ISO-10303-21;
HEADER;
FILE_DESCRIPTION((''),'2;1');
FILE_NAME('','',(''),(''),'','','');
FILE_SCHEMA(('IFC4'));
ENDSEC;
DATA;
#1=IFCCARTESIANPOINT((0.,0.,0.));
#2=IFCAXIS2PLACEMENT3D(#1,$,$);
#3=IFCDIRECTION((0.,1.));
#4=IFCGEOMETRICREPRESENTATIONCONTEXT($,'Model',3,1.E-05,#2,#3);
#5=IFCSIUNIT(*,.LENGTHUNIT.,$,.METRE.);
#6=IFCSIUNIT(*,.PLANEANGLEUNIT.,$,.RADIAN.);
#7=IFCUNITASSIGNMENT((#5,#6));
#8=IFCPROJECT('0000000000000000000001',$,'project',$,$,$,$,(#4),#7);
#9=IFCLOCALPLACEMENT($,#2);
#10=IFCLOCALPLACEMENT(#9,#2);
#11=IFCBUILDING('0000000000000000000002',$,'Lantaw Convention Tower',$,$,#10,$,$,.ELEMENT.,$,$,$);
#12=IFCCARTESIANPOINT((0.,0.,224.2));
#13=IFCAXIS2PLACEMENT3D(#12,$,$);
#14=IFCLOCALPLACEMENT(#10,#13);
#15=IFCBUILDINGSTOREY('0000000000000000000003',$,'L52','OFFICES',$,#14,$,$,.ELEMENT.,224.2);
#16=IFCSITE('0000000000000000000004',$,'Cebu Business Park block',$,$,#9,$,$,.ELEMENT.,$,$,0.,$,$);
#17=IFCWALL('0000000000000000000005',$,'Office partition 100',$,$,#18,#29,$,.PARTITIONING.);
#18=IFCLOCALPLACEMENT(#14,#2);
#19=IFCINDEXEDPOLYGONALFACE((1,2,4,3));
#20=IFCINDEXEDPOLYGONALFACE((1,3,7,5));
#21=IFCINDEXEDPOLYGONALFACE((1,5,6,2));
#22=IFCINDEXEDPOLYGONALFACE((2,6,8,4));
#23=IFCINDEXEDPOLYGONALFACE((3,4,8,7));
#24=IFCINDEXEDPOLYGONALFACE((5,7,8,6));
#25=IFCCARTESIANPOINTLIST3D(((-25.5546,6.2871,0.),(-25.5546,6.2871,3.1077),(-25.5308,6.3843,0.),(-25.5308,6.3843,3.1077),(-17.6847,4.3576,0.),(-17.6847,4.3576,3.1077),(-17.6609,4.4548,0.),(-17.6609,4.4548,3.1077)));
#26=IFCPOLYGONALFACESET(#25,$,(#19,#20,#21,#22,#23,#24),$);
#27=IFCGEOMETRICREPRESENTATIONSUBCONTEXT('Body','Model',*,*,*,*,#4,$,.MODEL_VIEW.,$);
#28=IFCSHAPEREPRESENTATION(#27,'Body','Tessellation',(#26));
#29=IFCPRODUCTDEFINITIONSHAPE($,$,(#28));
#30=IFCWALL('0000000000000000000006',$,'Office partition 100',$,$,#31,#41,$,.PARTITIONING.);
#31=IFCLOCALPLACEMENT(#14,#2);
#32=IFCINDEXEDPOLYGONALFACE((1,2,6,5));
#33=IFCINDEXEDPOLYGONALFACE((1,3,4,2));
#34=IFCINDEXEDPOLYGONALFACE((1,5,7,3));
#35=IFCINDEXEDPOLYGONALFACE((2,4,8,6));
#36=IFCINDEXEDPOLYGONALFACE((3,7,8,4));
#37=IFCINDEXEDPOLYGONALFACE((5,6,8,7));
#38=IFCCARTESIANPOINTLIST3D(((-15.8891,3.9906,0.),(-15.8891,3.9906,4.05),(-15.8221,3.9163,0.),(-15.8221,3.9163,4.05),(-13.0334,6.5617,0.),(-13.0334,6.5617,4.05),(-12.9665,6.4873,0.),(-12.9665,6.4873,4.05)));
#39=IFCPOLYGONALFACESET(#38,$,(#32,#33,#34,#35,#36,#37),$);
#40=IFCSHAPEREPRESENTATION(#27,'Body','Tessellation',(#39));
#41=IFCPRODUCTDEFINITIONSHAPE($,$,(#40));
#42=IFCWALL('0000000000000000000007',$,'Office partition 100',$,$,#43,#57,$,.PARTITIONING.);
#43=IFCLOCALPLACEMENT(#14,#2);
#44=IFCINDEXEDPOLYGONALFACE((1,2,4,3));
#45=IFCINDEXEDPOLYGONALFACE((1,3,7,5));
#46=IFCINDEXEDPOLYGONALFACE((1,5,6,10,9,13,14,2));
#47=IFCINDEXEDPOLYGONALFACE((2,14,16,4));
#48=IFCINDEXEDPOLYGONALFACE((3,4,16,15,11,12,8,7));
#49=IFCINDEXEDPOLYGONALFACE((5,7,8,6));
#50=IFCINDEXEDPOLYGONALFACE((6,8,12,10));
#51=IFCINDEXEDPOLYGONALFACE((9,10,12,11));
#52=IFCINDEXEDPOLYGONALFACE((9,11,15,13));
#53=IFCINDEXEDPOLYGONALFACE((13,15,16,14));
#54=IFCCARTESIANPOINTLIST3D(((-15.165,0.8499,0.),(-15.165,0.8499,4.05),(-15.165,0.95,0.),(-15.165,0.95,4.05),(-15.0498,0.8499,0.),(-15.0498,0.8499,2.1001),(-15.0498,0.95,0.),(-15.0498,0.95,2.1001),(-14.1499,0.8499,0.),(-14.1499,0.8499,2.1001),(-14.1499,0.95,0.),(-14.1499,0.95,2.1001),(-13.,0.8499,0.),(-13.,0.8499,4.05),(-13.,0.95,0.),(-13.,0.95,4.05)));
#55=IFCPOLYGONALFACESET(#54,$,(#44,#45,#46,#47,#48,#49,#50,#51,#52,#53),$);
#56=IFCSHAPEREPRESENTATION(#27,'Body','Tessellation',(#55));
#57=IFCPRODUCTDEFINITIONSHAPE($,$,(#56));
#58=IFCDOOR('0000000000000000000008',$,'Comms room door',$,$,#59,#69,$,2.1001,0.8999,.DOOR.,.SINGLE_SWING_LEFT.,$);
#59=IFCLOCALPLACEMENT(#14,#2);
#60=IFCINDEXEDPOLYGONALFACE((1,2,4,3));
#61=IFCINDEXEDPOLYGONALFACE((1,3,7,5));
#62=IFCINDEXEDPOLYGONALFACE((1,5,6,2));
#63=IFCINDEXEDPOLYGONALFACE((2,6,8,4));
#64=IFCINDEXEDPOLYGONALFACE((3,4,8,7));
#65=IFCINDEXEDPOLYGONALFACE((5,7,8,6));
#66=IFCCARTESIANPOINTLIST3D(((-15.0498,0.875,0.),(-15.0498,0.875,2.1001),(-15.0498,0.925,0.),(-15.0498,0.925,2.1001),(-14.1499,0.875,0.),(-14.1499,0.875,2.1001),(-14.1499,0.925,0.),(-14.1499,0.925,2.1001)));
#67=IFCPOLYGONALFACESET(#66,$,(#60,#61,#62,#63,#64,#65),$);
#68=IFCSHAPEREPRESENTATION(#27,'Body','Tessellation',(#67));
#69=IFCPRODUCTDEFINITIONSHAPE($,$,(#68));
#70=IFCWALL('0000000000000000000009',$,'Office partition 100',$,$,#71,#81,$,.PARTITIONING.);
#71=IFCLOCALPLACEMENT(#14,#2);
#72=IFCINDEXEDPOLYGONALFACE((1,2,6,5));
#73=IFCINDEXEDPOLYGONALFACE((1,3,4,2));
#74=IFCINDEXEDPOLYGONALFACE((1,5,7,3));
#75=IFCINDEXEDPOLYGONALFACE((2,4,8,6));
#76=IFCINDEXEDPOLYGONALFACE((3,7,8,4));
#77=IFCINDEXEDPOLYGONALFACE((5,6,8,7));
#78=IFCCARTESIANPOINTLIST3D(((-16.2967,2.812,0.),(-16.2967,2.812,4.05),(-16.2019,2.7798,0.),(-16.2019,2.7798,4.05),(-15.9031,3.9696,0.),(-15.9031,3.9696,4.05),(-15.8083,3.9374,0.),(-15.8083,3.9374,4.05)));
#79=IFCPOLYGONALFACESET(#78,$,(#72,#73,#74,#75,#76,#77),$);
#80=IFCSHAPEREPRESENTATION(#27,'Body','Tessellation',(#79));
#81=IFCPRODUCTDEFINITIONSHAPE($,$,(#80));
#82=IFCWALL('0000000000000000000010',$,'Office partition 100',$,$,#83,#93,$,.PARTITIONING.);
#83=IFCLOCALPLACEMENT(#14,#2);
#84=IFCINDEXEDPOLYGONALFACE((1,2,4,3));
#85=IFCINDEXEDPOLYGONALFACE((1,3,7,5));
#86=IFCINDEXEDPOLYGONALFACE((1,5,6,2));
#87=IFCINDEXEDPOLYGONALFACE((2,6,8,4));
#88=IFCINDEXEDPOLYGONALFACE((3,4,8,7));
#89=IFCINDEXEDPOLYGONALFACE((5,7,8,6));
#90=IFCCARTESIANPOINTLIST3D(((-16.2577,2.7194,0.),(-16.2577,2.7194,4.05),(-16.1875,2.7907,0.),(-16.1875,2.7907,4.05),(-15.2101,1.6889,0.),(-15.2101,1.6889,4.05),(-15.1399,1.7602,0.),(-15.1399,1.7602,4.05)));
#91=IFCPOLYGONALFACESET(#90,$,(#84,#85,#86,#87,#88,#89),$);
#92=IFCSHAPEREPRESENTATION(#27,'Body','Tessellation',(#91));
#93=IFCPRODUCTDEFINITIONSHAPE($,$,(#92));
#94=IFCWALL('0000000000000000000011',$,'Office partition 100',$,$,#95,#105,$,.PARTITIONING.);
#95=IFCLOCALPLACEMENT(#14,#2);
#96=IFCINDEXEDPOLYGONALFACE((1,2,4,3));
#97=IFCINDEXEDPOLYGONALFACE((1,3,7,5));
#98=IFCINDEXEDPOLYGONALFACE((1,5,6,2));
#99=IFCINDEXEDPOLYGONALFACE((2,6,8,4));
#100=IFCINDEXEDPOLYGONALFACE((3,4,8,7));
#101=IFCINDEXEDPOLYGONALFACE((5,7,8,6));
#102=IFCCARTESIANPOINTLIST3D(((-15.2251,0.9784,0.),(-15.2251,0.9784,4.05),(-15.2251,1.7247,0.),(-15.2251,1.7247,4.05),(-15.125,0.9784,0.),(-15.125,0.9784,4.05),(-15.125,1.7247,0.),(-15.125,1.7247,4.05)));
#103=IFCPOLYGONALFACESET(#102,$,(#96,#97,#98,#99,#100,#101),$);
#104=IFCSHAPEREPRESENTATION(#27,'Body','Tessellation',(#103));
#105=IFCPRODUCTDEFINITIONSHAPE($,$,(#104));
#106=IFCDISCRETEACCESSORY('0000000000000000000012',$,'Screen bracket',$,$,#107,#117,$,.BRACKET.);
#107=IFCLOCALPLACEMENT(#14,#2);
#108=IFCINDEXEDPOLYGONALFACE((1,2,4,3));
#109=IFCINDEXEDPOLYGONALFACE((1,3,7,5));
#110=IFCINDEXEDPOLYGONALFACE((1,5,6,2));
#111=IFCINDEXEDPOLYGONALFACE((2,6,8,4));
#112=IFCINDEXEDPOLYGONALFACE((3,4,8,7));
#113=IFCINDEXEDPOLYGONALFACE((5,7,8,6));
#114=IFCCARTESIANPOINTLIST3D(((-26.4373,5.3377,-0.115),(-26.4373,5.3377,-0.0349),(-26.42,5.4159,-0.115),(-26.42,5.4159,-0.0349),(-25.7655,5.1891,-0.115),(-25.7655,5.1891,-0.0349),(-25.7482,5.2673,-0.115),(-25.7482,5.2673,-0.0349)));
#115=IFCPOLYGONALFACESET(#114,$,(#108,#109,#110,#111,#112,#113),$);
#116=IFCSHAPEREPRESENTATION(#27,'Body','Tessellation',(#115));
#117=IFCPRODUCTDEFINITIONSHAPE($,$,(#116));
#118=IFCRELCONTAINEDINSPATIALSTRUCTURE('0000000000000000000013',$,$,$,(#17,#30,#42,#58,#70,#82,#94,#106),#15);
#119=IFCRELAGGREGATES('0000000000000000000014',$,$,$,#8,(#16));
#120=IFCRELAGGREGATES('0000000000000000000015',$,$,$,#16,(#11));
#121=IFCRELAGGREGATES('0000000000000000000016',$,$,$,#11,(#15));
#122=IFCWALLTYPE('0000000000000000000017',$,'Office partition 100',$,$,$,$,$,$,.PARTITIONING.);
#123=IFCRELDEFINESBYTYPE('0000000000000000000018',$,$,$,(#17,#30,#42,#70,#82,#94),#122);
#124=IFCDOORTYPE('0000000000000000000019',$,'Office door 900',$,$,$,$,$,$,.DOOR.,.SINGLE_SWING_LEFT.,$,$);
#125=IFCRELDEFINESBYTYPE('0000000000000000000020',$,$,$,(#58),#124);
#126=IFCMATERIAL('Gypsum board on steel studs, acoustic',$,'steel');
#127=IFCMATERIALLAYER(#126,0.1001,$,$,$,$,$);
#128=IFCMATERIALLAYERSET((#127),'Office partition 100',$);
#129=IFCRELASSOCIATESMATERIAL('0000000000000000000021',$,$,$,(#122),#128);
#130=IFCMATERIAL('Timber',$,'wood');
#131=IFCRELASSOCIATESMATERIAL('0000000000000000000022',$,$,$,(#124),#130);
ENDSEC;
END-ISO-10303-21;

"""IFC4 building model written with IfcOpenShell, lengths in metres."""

from ifc_helpers import new_model, si_unit, direction, frame, frame_2d, origin, origin_2d, place, context, subcontext, project, spatial, rectangle, extrude, material, layer, layer_set, type_object, element, fill, save


model = new_model("IFC4")

# Units and contexts
model_context = context("Model", 3, precision=1e-05, world=origin(), true_north=direction((0.0, 1.0)))
body_context = subcontext(model_context, "Body", "Model", "MODEL_VIEW")
ifc_project = project(units=[si_unit("LENGTHUNIT", "METRE"), si_unit("PLANEANGLEUNIT", "RADIAN")], contexts=[model_context])

# Site, building, storey
site_placement = place(None, origin())
site = spatial("IfcSite", under=ifc_project, at=site_placement, Name="Cebu Business Park block", CompositionType="ELEMENT", RefElevation=0.0)
building_placement = place(site_placement, origin())
building = spatial("IfcBuilding", under=site, at=building_placement, Name="Lantaw Convention Tower", CompositionType="ELEMENT")
storey_placement = place(building_placement, frame((0.0, 0.0, 224.2)))
storey = spatial("IfcBuildingStorey", under=building, at=storey_placement, Name="L52", Description="OFFICES", CompositionType="ELEMENT", Elevation=224.2)

# Walls
ifc_material_1 = material(Name="Gypsum board on steel studs, acoustic", Category="steel")
ifc_layer_1 = layer(ifc_material_1, 0.1001)
ifc_layer_set_1 = layer_set([ifc_layer_1], Name="Office partition 100")
wall_type_1 = type_object("IfcWallType", Name="Office partition 100", PredefinedType="PARTITIONING", material=ifc_layer_set_1)
wall_1_placement = place(storey_placement, frame((-25.5427, 6.3357, 0.0), z_axis=(0.0, 0.0, 1.0), x_axis=(0.971237, -0.238116, 0.0)))
element("IfcWall", 1, at=wall_1_placement, inside=storey, type_object=wall_type_1, Name="Office partition 100", PredefinedType="PARTITIONING", context=body_context, shape_type="SweptSolid", body=[
    extrude(rectangle(XDim=8.103, YDim=0.1001, at=frame_2d((4.0515, 0.0))), origin(), (0.0, 0.0, 1.0), 3.1077),
])
wall_2_placement = place(storey_placement, frame((-15.8557, 3.9534, 0.0), z_axis=(0.0, 0.0, 1.0), x_axis=(0.743177, 0.669095, 0.0)))
element("IfcWall", 2, at=wall_2_placement, inside=storey, type_object=wall_type_1, Name="Office partition 100", PredefinedType="PARTITIONING", context=body_context, shape_type="SweptSolid", body=[
    extrude(rectangle(XDim=3.8425, YDim=0.1001, at=frame_2d((1.9214, 0.0))), origin(), (0.0, 0.0, 1.0), 4.05),
])

# Wall, opening, door
wall_3_placement = place(storey_placement, frame((-13.0, 0.8999, 0.0), z_axis=(0.0, 0.0, 1.0), x_axis=(-1.0, 0.0, 0.0)))
wall_3 = element("IfcWall", 3, at=wall_3_placement, inside=storey, type_object=wall_type_1, Name="Office partition 100", PredefinedType="PARTITIONING", context=body_context, shape_type="SweptSolid", body=[
    extrude(rectangle(XDim=2.165, YDim=0.1001, at=frame_2d((1.0825, 0.0))), origin(), (0.0, 0.0, 1.0), 4.05),
])
opening_1_placement = place(wall_3_placement, frame((1.1499, 0.0, 0.0)))
opening_1 = element("IfcOpeningElement", 4, at=opening_1_placement, cuts=wall_3, PredefinedType="OPENING", context=body_context, shape_type="SweptSolid", body=[
    extrude(rectangle(XDim=0.8999, YDim=2.1001, at=frame_2d((0.45, 1.05))), frame((0.0, 0.0601, 0.0), z_axis=(0.0, -1.0, 0.0), x_axis=(1.0, 0.0, 0.0)), (0.0, 0.0, 1.0), 0.1201),
])
ifc_material_2 = material(Name="Timber", Category="wood")
door_type_1 = type_object("IfcDoorType", Name="Office door 900", OperationType="SINGLE_SWING_LEFT", PredefinedType="DOOR", material=ifc_material_2)
door_1_placement = place(opening_1_placement, origin())
door_1 = element("IfcDoor", 5, at=door_1_placement, inside=storey, type_object=door_type_1, Name="Comms room door", OperationType="SINGLE_SWING_LEFT", OverallHeight=2.1001, OverallWidth=0.8999, PredefinedType="DOOR", context=body_context, shape_type="SweptSolid", body=[
    extrude(rectangle(XDim=0.8999, YDim=2.1001, at=frame_2d((0.45, 1.05))), frame((0.0, 0.0249, 0.0), z_axis=(0.0, -1.0, 0.0), x_axis=(1.0, 0.0, 0.0)), (0.0, 0.0, 1.0), 0.05),
])
fill(opening_1, door_1)

# Walls
wall_4_placement = place(storey_placement, frame((-16.2493, 2.7959, 0.0), z_axis=(0.0, 0.0, 1.0), x_axis=(0.321913, 0.946769, 0.0)))
element("IfcWall", 6, at=wall_4_placement, inside=storey, type_object=wall_type_1, Name="Office partition 100", PredefinedType="PARTITIONING", context=body_context, shape_type="SweptSolid", body=[
    extrude(rectangle(XDim=1.2227, YDim=0.1001, at=frame_2d((0.6113, 0.0))), origin(), (0.0, 0.0, 1.0), 4.05),
])
wall_5_placement = place(storey_placement, frame((-16.2227, 2.7551, 0.0), z_axis=(0.0, 0.0, 1.0), x_axis=(0.712898, -0.701268, 0.0)))
element("IfcWall", 7, at=wall_5_placement, inside=storey, type_object=wall_type_1, Name="Office partition 100", PredefinedType="PARTITIONING", context=body_context, shape_type="SweptSolid", body=[
    extrude(rectangle(XDim=1.4695, YDim=0.1001, at=frame_2d((0.7349, 0.0))), origin(), (0.0, 0.0, 1.0), 4.05),
])
wall_6_placement = place(storey_placement, frame((-15.175, 1.7246, 0.0), z_axis=(0.0, 0.0, 1.0), x_axis=(0.0, -1.0, 0.0)))
element("IfcWall", 8, at=wall_6_placement, inside=storey, type_object=wall_type_1, Name="Office partition 100", PredefinedType="PARTITIONING", context=body_context, shape_type="SweptSolid", body=[
    extrude(rectangle(XDim=0.7463, YDim=0.1001, at=frame_2d((0.373, 0.0))), origin(), (0.0, 0.0, 1.0), 4.05),
])

# Discrete accessory
discrete_accessory_placement = place(storey_placement, frame((-26.0928, 5.3025, -0.115), z_axis=(0.0, 0.0, 1.0), x_axis=(-0.215891, -0.976417, 0.0)))
element("IfcDiscreteAccessory", 9, at=discrete_accessory_placement, inside=storey, Name="Screen bracket", PredefinedType="BRACKET", context=body_context, shape_type="SweptSolid", body=[
    extrude(rectangle(XDim=0.0801, YDim=0.688, at=origin_2d()), origin(), (0.0, 0.0, 1.0), 0.0801),
])

save(model, "model.ifc")
